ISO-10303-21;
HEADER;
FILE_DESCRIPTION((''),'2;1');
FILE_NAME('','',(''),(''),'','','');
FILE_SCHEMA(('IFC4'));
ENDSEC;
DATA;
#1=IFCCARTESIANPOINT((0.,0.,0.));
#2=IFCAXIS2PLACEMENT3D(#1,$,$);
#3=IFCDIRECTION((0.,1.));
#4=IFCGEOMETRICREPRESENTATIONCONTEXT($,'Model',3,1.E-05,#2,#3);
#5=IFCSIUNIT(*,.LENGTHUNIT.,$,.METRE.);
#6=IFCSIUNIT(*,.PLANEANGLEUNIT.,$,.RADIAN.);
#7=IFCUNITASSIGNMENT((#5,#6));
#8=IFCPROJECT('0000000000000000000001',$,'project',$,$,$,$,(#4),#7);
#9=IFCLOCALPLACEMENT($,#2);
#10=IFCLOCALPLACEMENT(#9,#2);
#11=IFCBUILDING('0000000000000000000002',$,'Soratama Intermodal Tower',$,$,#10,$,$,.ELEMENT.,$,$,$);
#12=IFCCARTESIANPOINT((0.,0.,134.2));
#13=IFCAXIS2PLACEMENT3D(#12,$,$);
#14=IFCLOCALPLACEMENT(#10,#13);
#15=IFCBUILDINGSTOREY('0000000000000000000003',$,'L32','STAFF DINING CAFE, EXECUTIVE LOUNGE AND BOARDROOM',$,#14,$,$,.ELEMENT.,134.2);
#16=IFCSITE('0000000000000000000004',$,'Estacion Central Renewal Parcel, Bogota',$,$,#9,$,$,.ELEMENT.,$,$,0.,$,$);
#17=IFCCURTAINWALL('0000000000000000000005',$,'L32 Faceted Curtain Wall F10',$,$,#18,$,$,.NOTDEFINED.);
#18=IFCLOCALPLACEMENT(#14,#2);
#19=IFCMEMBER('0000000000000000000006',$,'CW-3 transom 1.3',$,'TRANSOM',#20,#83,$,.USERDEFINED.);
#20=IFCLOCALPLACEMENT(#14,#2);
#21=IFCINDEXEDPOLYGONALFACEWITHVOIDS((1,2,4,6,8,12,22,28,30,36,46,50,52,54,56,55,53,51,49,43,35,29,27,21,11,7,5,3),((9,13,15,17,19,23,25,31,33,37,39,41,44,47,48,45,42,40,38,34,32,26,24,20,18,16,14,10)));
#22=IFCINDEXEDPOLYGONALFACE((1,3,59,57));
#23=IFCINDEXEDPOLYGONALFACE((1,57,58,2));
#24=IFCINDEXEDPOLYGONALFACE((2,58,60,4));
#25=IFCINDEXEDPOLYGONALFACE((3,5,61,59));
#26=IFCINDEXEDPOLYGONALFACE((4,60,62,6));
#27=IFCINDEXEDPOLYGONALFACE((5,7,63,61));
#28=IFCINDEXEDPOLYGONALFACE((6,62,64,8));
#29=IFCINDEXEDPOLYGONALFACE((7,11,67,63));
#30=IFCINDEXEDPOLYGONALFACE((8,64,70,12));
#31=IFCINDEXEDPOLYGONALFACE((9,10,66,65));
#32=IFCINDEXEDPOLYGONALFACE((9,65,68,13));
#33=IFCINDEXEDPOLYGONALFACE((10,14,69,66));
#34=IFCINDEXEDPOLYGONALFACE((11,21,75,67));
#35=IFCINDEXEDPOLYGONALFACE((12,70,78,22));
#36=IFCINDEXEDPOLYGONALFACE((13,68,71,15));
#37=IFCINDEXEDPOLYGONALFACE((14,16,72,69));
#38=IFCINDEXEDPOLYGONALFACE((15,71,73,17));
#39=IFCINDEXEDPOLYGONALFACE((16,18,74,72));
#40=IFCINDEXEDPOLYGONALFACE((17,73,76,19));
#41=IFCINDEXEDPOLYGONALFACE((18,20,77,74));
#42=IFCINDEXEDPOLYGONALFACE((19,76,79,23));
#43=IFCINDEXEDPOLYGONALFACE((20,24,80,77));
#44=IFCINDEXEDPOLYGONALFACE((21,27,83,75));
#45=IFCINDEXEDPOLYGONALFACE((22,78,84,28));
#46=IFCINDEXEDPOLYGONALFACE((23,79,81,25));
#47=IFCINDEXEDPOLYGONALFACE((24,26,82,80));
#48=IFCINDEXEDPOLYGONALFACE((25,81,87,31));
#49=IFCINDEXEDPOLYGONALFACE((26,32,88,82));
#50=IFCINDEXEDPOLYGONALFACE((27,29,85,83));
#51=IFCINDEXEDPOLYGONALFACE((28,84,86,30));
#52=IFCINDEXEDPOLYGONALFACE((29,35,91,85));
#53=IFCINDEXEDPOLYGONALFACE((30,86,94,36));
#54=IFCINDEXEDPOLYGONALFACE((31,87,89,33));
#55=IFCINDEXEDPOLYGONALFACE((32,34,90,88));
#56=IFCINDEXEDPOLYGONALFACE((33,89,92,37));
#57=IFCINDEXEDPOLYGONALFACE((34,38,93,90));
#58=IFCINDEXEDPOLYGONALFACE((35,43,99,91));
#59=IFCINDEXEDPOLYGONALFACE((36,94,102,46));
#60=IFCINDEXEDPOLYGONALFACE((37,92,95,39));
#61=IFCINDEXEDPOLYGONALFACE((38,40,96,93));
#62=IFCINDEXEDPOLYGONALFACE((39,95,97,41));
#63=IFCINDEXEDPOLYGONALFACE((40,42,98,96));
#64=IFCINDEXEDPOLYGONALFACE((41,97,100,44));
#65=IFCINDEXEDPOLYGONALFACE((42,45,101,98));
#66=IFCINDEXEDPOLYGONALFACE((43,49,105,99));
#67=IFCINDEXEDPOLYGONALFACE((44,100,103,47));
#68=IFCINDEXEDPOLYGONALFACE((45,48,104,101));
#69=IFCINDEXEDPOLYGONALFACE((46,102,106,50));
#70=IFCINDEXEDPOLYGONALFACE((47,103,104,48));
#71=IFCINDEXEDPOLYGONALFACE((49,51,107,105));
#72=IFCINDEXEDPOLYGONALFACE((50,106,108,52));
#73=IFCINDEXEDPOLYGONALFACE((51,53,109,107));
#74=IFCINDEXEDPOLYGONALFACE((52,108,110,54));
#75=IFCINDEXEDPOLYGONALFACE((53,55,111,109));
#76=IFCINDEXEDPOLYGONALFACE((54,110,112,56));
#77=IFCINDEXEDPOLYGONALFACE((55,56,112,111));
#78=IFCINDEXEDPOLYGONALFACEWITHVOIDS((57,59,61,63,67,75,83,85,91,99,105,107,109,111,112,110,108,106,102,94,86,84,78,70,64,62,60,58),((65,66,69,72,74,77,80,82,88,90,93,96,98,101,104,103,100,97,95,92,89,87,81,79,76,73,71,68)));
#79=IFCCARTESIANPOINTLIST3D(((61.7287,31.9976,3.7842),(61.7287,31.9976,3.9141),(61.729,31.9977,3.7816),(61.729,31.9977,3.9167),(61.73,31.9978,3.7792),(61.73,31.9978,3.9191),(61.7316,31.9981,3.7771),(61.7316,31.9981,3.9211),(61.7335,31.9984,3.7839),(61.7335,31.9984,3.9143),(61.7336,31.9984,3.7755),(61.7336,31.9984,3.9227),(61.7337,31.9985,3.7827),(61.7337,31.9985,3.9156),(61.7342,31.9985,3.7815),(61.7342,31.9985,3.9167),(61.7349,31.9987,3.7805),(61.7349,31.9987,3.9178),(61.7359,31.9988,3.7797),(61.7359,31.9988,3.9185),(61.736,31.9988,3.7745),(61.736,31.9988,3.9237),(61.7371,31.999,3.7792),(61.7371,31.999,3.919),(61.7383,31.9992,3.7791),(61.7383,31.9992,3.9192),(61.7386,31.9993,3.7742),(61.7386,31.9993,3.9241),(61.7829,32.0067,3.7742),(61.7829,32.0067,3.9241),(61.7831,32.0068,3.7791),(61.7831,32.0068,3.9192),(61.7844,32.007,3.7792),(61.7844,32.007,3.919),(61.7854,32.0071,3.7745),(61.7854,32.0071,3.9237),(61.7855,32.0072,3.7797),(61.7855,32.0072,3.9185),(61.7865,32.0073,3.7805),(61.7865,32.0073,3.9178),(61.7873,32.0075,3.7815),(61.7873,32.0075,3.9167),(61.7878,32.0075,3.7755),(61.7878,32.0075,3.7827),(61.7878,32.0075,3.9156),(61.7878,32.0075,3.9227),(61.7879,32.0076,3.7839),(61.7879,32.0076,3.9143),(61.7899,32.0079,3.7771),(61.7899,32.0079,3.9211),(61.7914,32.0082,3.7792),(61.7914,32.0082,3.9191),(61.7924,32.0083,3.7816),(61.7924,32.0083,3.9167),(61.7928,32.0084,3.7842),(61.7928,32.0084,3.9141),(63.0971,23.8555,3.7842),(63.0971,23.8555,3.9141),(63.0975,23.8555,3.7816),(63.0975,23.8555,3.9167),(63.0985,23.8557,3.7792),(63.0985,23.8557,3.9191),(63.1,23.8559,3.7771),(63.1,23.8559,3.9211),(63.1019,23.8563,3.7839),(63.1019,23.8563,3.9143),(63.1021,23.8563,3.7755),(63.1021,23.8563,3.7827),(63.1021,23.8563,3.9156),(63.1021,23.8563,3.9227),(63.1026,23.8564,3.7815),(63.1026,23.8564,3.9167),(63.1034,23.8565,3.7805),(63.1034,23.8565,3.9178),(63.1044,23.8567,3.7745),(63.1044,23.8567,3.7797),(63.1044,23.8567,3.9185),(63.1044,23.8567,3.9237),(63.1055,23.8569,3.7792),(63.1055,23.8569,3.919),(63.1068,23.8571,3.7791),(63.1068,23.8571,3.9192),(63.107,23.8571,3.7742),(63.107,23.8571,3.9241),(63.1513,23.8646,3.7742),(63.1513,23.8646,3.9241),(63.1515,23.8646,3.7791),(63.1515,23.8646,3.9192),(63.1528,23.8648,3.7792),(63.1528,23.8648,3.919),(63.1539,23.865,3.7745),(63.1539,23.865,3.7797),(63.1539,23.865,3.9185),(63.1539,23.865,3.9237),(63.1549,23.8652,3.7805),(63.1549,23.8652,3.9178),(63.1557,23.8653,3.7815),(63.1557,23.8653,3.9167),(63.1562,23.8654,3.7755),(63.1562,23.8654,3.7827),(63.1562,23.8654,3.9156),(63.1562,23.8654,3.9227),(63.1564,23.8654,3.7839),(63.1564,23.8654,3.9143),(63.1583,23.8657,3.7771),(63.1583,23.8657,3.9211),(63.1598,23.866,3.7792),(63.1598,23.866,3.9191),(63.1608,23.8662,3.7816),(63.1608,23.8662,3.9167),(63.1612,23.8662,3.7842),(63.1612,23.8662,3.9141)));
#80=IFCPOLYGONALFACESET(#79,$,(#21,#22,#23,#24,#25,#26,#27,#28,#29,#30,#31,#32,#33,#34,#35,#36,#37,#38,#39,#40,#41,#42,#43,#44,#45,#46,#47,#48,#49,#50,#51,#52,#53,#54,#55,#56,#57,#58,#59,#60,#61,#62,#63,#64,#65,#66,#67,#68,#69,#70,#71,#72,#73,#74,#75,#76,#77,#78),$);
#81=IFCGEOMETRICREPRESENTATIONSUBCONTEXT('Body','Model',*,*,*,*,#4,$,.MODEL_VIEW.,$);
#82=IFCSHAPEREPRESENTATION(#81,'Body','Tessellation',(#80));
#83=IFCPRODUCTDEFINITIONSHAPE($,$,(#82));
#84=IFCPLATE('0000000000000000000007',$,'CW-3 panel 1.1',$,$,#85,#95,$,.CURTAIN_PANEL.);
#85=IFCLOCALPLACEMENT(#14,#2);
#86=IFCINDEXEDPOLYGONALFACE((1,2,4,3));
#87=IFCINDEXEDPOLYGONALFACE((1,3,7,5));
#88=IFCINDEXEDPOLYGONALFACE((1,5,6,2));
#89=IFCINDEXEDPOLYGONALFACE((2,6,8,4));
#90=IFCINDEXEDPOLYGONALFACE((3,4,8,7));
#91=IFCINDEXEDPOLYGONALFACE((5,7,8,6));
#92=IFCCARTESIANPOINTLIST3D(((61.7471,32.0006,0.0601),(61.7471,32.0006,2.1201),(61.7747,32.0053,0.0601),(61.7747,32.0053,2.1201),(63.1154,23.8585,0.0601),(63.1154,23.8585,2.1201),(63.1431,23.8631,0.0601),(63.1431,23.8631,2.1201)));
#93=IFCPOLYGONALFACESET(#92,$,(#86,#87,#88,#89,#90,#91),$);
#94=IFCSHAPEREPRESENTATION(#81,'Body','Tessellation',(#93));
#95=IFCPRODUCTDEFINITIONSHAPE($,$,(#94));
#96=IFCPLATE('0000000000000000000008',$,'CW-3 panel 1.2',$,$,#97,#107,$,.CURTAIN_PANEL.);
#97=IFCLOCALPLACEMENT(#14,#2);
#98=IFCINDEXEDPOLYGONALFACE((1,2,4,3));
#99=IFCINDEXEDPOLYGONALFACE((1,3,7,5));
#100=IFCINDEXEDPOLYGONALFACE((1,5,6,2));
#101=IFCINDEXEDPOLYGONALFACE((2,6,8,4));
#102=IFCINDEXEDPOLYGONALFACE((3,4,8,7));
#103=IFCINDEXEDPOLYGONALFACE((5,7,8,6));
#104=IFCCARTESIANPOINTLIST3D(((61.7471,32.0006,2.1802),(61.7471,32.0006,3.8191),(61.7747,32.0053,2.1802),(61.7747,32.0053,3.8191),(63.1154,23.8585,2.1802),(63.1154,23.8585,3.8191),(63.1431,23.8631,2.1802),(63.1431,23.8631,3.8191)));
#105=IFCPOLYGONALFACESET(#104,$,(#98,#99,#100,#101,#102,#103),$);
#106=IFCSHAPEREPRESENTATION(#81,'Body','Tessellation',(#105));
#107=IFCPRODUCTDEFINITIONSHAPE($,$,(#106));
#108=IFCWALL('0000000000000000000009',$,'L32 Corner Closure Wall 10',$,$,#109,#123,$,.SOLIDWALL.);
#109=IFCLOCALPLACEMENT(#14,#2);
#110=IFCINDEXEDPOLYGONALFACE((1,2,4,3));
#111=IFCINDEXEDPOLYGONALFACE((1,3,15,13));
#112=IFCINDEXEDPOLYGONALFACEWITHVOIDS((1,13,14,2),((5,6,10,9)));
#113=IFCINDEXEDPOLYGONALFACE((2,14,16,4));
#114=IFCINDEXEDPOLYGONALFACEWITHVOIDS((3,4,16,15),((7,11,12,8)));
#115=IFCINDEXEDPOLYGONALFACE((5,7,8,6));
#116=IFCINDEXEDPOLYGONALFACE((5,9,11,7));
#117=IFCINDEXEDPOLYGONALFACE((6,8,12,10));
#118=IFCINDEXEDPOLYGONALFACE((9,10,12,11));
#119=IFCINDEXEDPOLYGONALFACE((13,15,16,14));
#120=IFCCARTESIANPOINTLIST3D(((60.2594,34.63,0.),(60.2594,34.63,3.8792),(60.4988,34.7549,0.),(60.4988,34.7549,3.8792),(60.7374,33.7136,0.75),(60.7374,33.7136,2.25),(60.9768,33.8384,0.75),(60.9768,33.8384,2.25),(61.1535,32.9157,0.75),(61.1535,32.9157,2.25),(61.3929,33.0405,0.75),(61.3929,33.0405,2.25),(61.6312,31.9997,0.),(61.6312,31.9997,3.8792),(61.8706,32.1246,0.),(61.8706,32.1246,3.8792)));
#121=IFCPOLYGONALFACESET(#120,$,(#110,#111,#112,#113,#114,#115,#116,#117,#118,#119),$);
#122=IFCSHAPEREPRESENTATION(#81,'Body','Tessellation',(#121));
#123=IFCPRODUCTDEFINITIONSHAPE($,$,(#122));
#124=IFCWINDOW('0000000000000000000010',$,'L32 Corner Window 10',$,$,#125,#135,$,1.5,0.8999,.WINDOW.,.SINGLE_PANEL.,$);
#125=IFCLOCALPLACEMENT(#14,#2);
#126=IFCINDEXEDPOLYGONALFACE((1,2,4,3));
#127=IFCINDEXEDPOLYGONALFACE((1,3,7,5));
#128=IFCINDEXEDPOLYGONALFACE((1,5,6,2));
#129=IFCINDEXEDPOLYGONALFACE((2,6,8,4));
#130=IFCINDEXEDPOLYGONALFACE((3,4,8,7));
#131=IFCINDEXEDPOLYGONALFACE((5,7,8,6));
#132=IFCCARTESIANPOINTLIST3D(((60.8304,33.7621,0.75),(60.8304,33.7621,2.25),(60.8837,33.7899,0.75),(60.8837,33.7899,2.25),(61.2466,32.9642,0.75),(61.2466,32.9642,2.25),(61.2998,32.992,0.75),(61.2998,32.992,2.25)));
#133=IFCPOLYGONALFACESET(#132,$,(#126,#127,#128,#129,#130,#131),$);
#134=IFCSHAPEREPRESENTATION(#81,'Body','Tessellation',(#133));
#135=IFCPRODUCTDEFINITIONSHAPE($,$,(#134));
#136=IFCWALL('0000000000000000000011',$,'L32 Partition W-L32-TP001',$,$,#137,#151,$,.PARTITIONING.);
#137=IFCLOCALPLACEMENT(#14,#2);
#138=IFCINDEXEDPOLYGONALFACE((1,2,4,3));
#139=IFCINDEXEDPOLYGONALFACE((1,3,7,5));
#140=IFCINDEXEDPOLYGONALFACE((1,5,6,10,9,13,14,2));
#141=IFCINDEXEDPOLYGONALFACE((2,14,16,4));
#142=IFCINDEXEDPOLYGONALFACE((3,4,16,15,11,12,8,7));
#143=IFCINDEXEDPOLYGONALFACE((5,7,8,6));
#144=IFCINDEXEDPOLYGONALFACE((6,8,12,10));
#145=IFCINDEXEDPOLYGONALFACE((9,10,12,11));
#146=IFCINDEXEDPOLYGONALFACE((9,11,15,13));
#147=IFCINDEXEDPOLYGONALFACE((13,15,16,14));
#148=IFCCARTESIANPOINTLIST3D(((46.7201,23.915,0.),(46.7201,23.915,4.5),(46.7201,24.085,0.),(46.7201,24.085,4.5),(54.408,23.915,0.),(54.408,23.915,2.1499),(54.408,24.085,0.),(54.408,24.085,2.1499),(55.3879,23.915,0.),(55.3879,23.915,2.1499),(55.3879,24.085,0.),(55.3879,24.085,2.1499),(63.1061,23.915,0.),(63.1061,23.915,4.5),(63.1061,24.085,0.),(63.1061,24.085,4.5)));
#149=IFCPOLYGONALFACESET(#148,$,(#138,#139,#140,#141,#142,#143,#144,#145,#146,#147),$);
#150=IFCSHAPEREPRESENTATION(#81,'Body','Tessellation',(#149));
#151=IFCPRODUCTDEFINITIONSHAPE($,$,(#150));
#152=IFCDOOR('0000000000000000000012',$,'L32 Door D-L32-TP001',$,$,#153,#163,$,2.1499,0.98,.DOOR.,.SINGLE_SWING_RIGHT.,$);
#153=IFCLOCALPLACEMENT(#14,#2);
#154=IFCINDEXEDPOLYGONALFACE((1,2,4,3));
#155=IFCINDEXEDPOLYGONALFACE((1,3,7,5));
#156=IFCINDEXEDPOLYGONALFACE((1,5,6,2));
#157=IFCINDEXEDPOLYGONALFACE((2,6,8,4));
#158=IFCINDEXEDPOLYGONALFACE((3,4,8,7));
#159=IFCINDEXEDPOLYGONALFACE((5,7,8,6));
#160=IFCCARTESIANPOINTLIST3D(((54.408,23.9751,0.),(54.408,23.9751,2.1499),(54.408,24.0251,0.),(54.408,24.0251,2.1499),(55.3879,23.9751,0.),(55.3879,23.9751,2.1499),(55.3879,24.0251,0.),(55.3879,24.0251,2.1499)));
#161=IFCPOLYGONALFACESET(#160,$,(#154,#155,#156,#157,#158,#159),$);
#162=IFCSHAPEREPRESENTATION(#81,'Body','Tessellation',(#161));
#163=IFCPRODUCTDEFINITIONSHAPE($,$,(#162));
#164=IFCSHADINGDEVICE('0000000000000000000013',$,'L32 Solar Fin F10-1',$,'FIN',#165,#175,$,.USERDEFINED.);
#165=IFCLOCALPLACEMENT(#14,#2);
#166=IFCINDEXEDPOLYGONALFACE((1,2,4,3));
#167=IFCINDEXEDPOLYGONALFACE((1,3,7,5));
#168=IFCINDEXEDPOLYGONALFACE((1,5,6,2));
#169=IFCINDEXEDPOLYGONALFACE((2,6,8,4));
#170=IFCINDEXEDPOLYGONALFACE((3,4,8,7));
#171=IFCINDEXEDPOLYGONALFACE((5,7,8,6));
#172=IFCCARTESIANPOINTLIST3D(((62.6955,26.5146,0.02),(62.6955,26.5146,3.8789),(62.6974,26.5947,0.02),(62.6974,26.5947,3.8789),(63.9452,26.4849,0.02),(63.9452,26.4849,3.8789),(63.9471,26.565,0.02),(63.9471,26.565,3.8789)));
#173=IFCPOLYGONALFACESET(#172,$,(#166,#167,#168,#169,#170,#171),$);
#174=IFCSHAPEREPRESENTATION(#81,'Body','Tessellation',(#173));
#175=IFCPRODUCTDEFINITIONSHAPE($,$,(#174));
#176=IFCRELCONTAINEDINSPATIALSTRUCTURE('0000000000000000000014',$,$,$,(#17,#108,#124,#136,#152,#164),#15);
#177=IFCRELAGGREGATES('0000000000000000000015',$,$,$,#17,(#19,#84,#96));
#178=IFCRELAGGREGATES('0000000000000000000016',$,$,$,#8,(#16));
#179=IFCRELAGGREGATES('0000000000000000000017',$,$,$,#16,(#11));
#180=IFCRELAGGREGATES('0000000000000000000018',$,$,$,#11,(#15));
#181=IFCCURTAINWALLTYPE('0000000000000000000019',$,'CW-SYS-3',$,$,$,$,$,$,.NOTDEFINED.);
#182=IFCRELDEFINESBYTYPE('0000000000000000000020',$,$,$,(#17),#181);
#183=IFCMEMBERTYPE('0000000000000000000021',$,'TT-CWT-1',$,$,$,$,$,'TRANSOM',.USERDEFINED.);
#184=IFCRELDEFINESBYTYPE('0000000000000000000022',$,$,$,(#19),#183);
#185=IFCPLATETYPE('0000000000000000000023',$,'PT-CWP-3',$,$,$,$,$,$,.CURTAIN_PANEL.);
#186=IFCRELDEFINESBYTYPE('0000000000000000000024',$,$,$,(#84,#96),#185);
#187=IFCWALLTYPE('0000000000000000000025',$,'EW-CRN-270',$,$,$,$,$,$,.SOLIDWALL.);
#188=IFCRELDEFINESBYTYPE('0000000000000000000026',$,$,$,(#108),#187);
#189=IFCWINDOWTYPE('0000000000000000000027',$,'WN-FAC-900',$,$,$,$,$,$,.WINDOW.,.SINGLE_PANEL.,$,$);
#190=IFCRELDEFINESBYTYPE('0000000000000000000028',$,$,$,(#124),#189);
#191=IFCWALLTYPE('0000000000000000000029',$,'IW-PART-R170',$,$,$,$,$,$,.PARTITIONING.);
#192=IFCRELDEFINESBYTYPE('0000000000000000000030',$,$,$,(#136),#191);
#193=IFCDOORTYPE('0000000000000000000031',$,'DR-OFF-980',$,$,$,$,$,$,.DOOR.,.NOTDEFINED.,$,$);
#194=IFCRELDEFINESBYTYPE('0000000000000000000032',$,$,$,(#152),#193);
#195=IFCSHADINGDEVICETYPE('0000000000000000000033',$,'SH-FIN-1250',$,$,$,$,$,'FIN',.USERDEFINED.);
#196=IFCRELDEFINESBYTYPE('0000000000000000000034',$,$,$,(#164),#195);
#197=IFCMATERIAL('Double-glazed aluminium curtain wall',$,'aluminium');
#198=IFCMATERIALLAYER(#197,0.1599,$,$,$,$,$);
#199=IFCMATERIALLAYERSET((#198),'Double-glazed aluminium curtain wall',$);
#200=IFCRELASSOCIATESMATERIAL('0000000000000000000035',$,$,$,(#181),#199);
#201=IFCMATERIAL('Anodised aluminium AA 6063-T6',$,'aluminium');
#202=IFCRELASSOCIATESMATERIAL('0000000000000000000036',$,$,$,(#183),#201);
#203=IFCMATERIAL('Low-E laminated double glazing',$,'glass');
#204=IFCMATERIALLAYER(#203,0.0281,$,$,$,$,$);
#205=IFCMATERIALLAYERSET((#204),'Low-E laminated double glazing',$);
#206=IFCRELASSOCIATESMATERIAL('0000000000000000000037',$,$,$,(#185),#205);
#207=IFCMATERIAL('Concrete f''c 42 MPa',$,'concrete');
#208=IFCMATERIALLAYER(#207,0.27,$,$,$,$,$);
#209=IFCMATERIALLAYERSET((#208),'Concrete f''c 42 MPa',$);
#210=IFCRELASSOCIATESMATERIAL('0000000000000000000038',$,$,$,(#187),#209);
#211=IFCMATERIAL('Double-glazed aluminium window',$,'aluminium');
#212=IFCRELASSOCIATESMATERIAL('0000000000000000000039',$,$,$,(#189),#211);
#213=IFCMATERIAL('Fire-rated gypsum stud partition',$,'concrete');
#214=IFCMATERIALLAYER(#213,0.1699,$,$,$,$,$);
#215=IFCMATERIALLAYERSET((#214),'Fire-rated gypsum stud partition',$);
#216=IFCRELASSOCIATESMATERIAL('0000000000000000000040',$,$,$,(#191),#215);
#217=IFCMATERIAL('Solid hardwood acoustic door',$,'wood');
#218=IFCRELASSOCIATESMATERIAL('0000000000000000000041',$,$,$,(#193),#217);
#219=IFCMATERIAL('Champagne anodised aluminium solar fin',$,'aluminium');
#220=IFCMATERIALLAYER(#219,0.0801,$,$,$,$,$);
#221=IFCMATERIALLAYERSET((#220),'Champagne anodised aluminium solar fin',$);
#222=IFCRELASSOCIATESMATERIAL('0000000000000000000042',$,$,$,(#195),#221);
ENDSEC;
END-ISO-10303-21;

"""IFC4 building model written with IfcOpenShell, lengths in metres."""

from ifc_helpers import new_model, si_unit, direction, frame, frame_2d, origin, origin_2d, place, context, subcontext, project, spatial, rectangle, hollow_rectangle, extrude, material, layer, layer_set, material_profile, profile_set, type_object, element, fill, aggregate, save


model = new_model("IFC4")

# Units and contexts
model_context = context("Model", 3, precision=1e-05, world=origin(), true_north=direction((0.0, 1.0)))
body_context = subcontext(model_context, "Body", "Model", "MODEL_VIEW")
ifc_project = project(units=[si_unit("LENGTHUNIT", "METRE"), si_unit("PLANEANGLEUNIT", "RADIAN")], contexts=[model_context])

# Site, building, storey
site_placement = place(None, origin())
site = spatial("IfcSite", under=ifc_project, at=site_placement, Name="Estacion Central Renewal Parcel, Bogota", CompositionType="ELEMENT", RefElevation=0.0)
building_placement = place(site_placement, origin())
building = spatial("IfcBuilding", under=site, at=building_placement, Name="Soratama Intermodal Tower", CompositionType="ELEMENT")
storey_placement = place(building_placement, frame((0.0, 0.0, 134.2)))
storey = spatial("IfcBuildingStorey", under=building, at=storey_placement, Name="L32", Description="STAFF DINING CAFE, EXECUTIVE LOUNGE AND BOARDROOM", CompositionType="ELEMENT", Elevation=134.2)

# Shared definitions
ifc_material_1 = material(Name="Double-glazed aluminium curtain wall", Category="aluminium")
ifc_layer_1 = layer(ifc_material_1, 0.1599)
ifc_layer_set_1 = layer_set([ifc_layer_1], Name="Double-glazed aluminium curtain wall")
curtain_wall_type = type_object("IfcCurtainWallType", Name="CW-SYS-3", PredefinedType="NOTDEFINED", material=ifc_layer_set_1)

# Curtain wall, member, plates
curtain_wall_1_placement = place(storey_placement, origin())
curtain_wall_1 = element("IfcCurtainWall", 1, at=curtain_wall_1_placement, inside=storey, type_object=curtain_wall_type, Name="L32 Faceted Curtain Wall F10", PredefinedType="NOTDEFINED")
ifc_material_2 = material(Name="Anodised aluminium AA 6063-T6", Category="aluminium")
ifc_material_profile_1 = material_profile(ifc_material_2, hollow_rectangle(XDim=0.0649, YDim=0.1499, WallThickness=0.0049, InnerFilletRadius=0.0049, OuterFilletRadius=0.01, at=origin_2d()), Name="CWT150X65X5")
ifc_profile_set_1 = profile_set([ifc_material_profile_1], Name="Anodised aluminium AA 6063-T6")
member_type_1 = type_object("IfcMemberType", Name="TT-CWT-1", ElementType="TRANSOM", PredefinedType="USERDEFINED", material=ifc_profile_set_1)
member_1_placement = place(storey_placement, frame((63.1292, 23.8608, 3.8491), z_axis=(-0.165741, 0.986169, 0.0), x_axis=(-0.986169, -0.165741, 0.0)))
member_1 = element("IfcMember", 2, at=member_1_placement, type_object=member_type_1, Name="CW-3 transom 1.3", ObjectType="TRANSOM", PredefinedType="USERDEFINED", context=body_context, shape_type="SweptSolid", body=[
    extrude(hollow_rectangle(XDim=0.0649, YDim=0.1499, WallThickness=0.0049, InnerFilletRadius=0.0049, OuterFilletRadius=0.01, at=origin_2d()), origin(), (0.0, 0.0, 1.0), 8.2563),
])
ifc_material_3 = material(Name="Low-E laminated double glazing", Category="glass")
ifc_layer_2 = layer(ifc_material_3, 0.0281)
ifc_layer_set_2 = layer_set([ifc_layer_2], Name="Low-E laminated double glazing")
plate_type = type_object("IfcPlateType", Name="PT-CWP-3", PredefinedType="CURTAIN_PANEL", material=ifc_layer_set_2)
plate_1_placement = place(storey_placement, frame((62.4451, 27.9319, 0.0601), z_axis=(0.0, 0.0, 1.0), x_axis=(-0.165731, 0.986171, 0.0)))
plate_1 = element("IfcPlate", 3, at=plate_1_placement, type_object=plate_type, Name="CW-3 panel 1.1", PredefinedType="CURTAIN_PANEL", context=body_context, shape_type="SweptSolid", body=[
    extrude(rectangle(XDim=8.2563, YDim=0.0281, at=origin_2d()), origin(), (0.0, 0.0, 1.0), 2.0601),
])
plate_2_placement = place(storey_placement, frame((62.4451, 27.9319, 2.1802), z_axis=(0.0, 0.0, 1.0), x_axis=(-0.165731, 0.986171, 0.0)))
plate_2 = element("IfcPlate", 4, at=plate_2_placement, type_object=plate_type, Name="CW-3 panel 1.2", PredefinedType="CURTAIN_PANEL", context=body_context, shape_type="SweptSolid", body=[
    extrude(rectangle(XDim=8.2563, YDim=0.0281, at=origin_2d()), origin(), (0.0, 0.0, 1.0), 1.6389),
])
aggregate(curtain_wall_1, [member_1, plate_1, plate_2])

# Wall, opening, window
ifc_material_4 = material(Name="Concrete f'c 42 MPa", Category="concrete")
ifc_layer_3 = layer(ifc_material_4, 0.27)
ifc_layer_set_3 = layer_set([ifc_layer_3], Name="Concrete f'c 42 MPa")
wall_type_1 = type_object("IfcWallType", Name="EW-CRN-270", PredefinedType="SOLIDWALL", material=ifc_layer_set_3)
wall_1_placement = place(storey_placement, frame((61.751, 32.062, 0.0), z_axis=(0.0, 0.0, 1.0), x_axis=(-0.462423, 0.88666, 0.0)))
wall_1 = element("IfcWall", 5, at=wall_1_placement, inside=storey, type_object=wall_type_1, Name="L32 Corner Closure Wall 10", PredefinedType="SOLIDWALL", context=body_context, shape_type="SweptSolid", body=[
    extrude(rectangle(XDim=2.9666, YDim=0.27, at=frame_2d((1.4834, 0.0))), origin(), (0.0, 0.0, 1.0), 3.8792),
])
opening_1_placement = place(wall_1_placement, frame((1.0332, 0.0, 0.75)))
opening_1 = element("IfcOpeningElement", 6, at=opening_1_placement, cuts=wall_1, PredefinedType="OPENING", context=body_context, shape_type="SweptSolid", body=[
    extrude(rectangle(XDim=0.8999, YDim=1.5, at=frame_2d((0.45, 0.75))), frame((0.0, 0.145, 0.0), z_axis=(0.0, -1.0, 0.0), x_axis=(1.0, 0.0, 0.0)), (0.0, 0.0, 1.0), 0.29),
])
ifc_material_5 = material(Name="Double-glazed aluminium window", Category="aluminium")
window_type = type_object("IfcWindowType", Name="WN-FAC-900", PartitioningType="SINGLE_PANEL", PredefinedType="WINDOW", material=ifc_material_5)
window_placement = place(opening_1_placement, origin())
window = element("IfcWindow", 7, at=window_placement, inside=storey, type_object=window_type, Name="L32 Corner Window 10", OverallHeight=1.5, OverallWidth=0.8999, PartitioningType="SINGLE_PANEL", PredefinedType="WINDOW", context=body_context, shape_type="SweptSolid", body=[
    extrude(rectangle(XDim=0.8999, YDim=1.5, at=frame_2d((0.45, 0.75))), frame((0.0, 0.03, 0.0), z_axis=(0.0, -1.0, 0.0), x_axis=(1.0, 0.0, 0.0)), (0.0, 0.0, 1.0), 0.0601),
])
fill(opening_1, window)

# Wall, opening, door
ifc_material_6 = material(Name="Fire-rated gypsum stud partition", Category="concrete")
ifc_layer_4 = layer(ifc_material_6, 0.1699)
ifc_layer_set_4 = layer_set([ifc_layer_4], Name="Fire-rated gypsum stud partition")
wall_type_2 = type_object("IfcWallType", Name="IW-PART-R170", PredefinedType="PARTITIONING", material=ifc_layer_set_4)
wall_2_placement = place(storey_placement, frame((63.106, 24.0, 0.0), z_axis=(0.0, 0.0, 1.0), x_axis=(-1.0, 0.0, 0.0)))
wall_2 = element("IfcWall", 8, at=wall_2_placement, inside=storey, type_object=wall_type_2, Name="L32 Partition W-L32-TP001", PredefinedType="PARTITIONING", context=body_context, shape_type="SweptSolid", body=[
    extrude(rectangle(XDim=16.386, YDim=0.1699, at=frame_2d((8.1929, 0.0))), origin(), (0.0, 0.0, 1.0), 4.5),
])
opening_2_placement = place(wall_2_placement, frame((7.718, 0.0, 0.0)))
opening_2 = element("IfcOpeningElement", 9, at=opening_2_placement, cuts=wall_2, PredefinedType="OPENING", context=body_context, shape_type="SweptSolid", body=[
    extrude(rectangle(XDim=0.98, YDim=2.1499, at=frame_2d((0.49, 1.075))), frame((0.0, 0.095, 0.0), z_axis=(0.0, -1.0, 0.0), x_axis=(1.0, 0.0, 0.0)), (0.0, 0.0, 1.0), 0.1899),
])
ifc_material_7 = material(Name="Solid hardwood acoustic door", Category="wood")
door_type = type_object("IfcDoorType", Name="DR-OFF-980", OperationType="NOTDEFINED", PredefinedType="DOOR", material=ifc_material_7)
door_placement = place(opening_2_placement, origin())
door = element("IfcDoor", 10, at=door_placement, inside=storey, type_object=door_type, Name="L32 Door D-L32-TP001", OperationType="SINGLE_SWING_RIGHT", OverallHeight=2.1499, OverallWidth=0.98, PredefinedType="DOOR", context=body_context, shape_type="SweptSolid", body=[
    extrude(rectangle(XDim=0.98, YDim=2.1499, at=frame_2d((0.49, 1.075))), frame((0.0, 0.0249, 0.0), z_axis=(0.0, -1.0, 0.0), x_axis=(1.0, 0.0, 0.0)), (0.0, 0.0, 1.0), 0.05),
])
fill(opening_2, door)

# Shading device
ifc_material_8 = material(Name="Champagne anodised aluminium solar fin", Category="aluminium")
ifc_layer_5 = layer(ifc_material_8, 0.0801)
ifc_layer_set_5 = layer_set([ifc_layer_5], Name="Champagne anodised aluminium solar fin")
shading_device_type = type_object("IfcShadingDeviceType", Name="SH-FIN-1250", ElementType="FIN", PredefinedType="USERDEFINED", material=ifc_layer_set_5)
for number, where, z_axis, x_axis, name in (
    (11, (63.3213, 26.5398, 0.02), (0.0, 0.0, 1.0), (0.999718, -0.023734, 0.0), "L32 Solar Fin F10-1"),
):
    element("IfcShadingDevice", number, at=place(storey_placement, frame(where, z_axis=z_axis, x_axis=x_axis)), inside=storey, type_object=shading_device_type, Name=name, ObjectType="FIN", PredefinedType="USERDEFINED", context=body_context, shape_type="SweptSolid", body=[
        extrude(rectangle(XDim=1.25, YDim=0.0801, at=origin_2d()), origin(), (0.0, 0.0, 1.0), 3.8589),
    ])

save(model, "model.ifc")
